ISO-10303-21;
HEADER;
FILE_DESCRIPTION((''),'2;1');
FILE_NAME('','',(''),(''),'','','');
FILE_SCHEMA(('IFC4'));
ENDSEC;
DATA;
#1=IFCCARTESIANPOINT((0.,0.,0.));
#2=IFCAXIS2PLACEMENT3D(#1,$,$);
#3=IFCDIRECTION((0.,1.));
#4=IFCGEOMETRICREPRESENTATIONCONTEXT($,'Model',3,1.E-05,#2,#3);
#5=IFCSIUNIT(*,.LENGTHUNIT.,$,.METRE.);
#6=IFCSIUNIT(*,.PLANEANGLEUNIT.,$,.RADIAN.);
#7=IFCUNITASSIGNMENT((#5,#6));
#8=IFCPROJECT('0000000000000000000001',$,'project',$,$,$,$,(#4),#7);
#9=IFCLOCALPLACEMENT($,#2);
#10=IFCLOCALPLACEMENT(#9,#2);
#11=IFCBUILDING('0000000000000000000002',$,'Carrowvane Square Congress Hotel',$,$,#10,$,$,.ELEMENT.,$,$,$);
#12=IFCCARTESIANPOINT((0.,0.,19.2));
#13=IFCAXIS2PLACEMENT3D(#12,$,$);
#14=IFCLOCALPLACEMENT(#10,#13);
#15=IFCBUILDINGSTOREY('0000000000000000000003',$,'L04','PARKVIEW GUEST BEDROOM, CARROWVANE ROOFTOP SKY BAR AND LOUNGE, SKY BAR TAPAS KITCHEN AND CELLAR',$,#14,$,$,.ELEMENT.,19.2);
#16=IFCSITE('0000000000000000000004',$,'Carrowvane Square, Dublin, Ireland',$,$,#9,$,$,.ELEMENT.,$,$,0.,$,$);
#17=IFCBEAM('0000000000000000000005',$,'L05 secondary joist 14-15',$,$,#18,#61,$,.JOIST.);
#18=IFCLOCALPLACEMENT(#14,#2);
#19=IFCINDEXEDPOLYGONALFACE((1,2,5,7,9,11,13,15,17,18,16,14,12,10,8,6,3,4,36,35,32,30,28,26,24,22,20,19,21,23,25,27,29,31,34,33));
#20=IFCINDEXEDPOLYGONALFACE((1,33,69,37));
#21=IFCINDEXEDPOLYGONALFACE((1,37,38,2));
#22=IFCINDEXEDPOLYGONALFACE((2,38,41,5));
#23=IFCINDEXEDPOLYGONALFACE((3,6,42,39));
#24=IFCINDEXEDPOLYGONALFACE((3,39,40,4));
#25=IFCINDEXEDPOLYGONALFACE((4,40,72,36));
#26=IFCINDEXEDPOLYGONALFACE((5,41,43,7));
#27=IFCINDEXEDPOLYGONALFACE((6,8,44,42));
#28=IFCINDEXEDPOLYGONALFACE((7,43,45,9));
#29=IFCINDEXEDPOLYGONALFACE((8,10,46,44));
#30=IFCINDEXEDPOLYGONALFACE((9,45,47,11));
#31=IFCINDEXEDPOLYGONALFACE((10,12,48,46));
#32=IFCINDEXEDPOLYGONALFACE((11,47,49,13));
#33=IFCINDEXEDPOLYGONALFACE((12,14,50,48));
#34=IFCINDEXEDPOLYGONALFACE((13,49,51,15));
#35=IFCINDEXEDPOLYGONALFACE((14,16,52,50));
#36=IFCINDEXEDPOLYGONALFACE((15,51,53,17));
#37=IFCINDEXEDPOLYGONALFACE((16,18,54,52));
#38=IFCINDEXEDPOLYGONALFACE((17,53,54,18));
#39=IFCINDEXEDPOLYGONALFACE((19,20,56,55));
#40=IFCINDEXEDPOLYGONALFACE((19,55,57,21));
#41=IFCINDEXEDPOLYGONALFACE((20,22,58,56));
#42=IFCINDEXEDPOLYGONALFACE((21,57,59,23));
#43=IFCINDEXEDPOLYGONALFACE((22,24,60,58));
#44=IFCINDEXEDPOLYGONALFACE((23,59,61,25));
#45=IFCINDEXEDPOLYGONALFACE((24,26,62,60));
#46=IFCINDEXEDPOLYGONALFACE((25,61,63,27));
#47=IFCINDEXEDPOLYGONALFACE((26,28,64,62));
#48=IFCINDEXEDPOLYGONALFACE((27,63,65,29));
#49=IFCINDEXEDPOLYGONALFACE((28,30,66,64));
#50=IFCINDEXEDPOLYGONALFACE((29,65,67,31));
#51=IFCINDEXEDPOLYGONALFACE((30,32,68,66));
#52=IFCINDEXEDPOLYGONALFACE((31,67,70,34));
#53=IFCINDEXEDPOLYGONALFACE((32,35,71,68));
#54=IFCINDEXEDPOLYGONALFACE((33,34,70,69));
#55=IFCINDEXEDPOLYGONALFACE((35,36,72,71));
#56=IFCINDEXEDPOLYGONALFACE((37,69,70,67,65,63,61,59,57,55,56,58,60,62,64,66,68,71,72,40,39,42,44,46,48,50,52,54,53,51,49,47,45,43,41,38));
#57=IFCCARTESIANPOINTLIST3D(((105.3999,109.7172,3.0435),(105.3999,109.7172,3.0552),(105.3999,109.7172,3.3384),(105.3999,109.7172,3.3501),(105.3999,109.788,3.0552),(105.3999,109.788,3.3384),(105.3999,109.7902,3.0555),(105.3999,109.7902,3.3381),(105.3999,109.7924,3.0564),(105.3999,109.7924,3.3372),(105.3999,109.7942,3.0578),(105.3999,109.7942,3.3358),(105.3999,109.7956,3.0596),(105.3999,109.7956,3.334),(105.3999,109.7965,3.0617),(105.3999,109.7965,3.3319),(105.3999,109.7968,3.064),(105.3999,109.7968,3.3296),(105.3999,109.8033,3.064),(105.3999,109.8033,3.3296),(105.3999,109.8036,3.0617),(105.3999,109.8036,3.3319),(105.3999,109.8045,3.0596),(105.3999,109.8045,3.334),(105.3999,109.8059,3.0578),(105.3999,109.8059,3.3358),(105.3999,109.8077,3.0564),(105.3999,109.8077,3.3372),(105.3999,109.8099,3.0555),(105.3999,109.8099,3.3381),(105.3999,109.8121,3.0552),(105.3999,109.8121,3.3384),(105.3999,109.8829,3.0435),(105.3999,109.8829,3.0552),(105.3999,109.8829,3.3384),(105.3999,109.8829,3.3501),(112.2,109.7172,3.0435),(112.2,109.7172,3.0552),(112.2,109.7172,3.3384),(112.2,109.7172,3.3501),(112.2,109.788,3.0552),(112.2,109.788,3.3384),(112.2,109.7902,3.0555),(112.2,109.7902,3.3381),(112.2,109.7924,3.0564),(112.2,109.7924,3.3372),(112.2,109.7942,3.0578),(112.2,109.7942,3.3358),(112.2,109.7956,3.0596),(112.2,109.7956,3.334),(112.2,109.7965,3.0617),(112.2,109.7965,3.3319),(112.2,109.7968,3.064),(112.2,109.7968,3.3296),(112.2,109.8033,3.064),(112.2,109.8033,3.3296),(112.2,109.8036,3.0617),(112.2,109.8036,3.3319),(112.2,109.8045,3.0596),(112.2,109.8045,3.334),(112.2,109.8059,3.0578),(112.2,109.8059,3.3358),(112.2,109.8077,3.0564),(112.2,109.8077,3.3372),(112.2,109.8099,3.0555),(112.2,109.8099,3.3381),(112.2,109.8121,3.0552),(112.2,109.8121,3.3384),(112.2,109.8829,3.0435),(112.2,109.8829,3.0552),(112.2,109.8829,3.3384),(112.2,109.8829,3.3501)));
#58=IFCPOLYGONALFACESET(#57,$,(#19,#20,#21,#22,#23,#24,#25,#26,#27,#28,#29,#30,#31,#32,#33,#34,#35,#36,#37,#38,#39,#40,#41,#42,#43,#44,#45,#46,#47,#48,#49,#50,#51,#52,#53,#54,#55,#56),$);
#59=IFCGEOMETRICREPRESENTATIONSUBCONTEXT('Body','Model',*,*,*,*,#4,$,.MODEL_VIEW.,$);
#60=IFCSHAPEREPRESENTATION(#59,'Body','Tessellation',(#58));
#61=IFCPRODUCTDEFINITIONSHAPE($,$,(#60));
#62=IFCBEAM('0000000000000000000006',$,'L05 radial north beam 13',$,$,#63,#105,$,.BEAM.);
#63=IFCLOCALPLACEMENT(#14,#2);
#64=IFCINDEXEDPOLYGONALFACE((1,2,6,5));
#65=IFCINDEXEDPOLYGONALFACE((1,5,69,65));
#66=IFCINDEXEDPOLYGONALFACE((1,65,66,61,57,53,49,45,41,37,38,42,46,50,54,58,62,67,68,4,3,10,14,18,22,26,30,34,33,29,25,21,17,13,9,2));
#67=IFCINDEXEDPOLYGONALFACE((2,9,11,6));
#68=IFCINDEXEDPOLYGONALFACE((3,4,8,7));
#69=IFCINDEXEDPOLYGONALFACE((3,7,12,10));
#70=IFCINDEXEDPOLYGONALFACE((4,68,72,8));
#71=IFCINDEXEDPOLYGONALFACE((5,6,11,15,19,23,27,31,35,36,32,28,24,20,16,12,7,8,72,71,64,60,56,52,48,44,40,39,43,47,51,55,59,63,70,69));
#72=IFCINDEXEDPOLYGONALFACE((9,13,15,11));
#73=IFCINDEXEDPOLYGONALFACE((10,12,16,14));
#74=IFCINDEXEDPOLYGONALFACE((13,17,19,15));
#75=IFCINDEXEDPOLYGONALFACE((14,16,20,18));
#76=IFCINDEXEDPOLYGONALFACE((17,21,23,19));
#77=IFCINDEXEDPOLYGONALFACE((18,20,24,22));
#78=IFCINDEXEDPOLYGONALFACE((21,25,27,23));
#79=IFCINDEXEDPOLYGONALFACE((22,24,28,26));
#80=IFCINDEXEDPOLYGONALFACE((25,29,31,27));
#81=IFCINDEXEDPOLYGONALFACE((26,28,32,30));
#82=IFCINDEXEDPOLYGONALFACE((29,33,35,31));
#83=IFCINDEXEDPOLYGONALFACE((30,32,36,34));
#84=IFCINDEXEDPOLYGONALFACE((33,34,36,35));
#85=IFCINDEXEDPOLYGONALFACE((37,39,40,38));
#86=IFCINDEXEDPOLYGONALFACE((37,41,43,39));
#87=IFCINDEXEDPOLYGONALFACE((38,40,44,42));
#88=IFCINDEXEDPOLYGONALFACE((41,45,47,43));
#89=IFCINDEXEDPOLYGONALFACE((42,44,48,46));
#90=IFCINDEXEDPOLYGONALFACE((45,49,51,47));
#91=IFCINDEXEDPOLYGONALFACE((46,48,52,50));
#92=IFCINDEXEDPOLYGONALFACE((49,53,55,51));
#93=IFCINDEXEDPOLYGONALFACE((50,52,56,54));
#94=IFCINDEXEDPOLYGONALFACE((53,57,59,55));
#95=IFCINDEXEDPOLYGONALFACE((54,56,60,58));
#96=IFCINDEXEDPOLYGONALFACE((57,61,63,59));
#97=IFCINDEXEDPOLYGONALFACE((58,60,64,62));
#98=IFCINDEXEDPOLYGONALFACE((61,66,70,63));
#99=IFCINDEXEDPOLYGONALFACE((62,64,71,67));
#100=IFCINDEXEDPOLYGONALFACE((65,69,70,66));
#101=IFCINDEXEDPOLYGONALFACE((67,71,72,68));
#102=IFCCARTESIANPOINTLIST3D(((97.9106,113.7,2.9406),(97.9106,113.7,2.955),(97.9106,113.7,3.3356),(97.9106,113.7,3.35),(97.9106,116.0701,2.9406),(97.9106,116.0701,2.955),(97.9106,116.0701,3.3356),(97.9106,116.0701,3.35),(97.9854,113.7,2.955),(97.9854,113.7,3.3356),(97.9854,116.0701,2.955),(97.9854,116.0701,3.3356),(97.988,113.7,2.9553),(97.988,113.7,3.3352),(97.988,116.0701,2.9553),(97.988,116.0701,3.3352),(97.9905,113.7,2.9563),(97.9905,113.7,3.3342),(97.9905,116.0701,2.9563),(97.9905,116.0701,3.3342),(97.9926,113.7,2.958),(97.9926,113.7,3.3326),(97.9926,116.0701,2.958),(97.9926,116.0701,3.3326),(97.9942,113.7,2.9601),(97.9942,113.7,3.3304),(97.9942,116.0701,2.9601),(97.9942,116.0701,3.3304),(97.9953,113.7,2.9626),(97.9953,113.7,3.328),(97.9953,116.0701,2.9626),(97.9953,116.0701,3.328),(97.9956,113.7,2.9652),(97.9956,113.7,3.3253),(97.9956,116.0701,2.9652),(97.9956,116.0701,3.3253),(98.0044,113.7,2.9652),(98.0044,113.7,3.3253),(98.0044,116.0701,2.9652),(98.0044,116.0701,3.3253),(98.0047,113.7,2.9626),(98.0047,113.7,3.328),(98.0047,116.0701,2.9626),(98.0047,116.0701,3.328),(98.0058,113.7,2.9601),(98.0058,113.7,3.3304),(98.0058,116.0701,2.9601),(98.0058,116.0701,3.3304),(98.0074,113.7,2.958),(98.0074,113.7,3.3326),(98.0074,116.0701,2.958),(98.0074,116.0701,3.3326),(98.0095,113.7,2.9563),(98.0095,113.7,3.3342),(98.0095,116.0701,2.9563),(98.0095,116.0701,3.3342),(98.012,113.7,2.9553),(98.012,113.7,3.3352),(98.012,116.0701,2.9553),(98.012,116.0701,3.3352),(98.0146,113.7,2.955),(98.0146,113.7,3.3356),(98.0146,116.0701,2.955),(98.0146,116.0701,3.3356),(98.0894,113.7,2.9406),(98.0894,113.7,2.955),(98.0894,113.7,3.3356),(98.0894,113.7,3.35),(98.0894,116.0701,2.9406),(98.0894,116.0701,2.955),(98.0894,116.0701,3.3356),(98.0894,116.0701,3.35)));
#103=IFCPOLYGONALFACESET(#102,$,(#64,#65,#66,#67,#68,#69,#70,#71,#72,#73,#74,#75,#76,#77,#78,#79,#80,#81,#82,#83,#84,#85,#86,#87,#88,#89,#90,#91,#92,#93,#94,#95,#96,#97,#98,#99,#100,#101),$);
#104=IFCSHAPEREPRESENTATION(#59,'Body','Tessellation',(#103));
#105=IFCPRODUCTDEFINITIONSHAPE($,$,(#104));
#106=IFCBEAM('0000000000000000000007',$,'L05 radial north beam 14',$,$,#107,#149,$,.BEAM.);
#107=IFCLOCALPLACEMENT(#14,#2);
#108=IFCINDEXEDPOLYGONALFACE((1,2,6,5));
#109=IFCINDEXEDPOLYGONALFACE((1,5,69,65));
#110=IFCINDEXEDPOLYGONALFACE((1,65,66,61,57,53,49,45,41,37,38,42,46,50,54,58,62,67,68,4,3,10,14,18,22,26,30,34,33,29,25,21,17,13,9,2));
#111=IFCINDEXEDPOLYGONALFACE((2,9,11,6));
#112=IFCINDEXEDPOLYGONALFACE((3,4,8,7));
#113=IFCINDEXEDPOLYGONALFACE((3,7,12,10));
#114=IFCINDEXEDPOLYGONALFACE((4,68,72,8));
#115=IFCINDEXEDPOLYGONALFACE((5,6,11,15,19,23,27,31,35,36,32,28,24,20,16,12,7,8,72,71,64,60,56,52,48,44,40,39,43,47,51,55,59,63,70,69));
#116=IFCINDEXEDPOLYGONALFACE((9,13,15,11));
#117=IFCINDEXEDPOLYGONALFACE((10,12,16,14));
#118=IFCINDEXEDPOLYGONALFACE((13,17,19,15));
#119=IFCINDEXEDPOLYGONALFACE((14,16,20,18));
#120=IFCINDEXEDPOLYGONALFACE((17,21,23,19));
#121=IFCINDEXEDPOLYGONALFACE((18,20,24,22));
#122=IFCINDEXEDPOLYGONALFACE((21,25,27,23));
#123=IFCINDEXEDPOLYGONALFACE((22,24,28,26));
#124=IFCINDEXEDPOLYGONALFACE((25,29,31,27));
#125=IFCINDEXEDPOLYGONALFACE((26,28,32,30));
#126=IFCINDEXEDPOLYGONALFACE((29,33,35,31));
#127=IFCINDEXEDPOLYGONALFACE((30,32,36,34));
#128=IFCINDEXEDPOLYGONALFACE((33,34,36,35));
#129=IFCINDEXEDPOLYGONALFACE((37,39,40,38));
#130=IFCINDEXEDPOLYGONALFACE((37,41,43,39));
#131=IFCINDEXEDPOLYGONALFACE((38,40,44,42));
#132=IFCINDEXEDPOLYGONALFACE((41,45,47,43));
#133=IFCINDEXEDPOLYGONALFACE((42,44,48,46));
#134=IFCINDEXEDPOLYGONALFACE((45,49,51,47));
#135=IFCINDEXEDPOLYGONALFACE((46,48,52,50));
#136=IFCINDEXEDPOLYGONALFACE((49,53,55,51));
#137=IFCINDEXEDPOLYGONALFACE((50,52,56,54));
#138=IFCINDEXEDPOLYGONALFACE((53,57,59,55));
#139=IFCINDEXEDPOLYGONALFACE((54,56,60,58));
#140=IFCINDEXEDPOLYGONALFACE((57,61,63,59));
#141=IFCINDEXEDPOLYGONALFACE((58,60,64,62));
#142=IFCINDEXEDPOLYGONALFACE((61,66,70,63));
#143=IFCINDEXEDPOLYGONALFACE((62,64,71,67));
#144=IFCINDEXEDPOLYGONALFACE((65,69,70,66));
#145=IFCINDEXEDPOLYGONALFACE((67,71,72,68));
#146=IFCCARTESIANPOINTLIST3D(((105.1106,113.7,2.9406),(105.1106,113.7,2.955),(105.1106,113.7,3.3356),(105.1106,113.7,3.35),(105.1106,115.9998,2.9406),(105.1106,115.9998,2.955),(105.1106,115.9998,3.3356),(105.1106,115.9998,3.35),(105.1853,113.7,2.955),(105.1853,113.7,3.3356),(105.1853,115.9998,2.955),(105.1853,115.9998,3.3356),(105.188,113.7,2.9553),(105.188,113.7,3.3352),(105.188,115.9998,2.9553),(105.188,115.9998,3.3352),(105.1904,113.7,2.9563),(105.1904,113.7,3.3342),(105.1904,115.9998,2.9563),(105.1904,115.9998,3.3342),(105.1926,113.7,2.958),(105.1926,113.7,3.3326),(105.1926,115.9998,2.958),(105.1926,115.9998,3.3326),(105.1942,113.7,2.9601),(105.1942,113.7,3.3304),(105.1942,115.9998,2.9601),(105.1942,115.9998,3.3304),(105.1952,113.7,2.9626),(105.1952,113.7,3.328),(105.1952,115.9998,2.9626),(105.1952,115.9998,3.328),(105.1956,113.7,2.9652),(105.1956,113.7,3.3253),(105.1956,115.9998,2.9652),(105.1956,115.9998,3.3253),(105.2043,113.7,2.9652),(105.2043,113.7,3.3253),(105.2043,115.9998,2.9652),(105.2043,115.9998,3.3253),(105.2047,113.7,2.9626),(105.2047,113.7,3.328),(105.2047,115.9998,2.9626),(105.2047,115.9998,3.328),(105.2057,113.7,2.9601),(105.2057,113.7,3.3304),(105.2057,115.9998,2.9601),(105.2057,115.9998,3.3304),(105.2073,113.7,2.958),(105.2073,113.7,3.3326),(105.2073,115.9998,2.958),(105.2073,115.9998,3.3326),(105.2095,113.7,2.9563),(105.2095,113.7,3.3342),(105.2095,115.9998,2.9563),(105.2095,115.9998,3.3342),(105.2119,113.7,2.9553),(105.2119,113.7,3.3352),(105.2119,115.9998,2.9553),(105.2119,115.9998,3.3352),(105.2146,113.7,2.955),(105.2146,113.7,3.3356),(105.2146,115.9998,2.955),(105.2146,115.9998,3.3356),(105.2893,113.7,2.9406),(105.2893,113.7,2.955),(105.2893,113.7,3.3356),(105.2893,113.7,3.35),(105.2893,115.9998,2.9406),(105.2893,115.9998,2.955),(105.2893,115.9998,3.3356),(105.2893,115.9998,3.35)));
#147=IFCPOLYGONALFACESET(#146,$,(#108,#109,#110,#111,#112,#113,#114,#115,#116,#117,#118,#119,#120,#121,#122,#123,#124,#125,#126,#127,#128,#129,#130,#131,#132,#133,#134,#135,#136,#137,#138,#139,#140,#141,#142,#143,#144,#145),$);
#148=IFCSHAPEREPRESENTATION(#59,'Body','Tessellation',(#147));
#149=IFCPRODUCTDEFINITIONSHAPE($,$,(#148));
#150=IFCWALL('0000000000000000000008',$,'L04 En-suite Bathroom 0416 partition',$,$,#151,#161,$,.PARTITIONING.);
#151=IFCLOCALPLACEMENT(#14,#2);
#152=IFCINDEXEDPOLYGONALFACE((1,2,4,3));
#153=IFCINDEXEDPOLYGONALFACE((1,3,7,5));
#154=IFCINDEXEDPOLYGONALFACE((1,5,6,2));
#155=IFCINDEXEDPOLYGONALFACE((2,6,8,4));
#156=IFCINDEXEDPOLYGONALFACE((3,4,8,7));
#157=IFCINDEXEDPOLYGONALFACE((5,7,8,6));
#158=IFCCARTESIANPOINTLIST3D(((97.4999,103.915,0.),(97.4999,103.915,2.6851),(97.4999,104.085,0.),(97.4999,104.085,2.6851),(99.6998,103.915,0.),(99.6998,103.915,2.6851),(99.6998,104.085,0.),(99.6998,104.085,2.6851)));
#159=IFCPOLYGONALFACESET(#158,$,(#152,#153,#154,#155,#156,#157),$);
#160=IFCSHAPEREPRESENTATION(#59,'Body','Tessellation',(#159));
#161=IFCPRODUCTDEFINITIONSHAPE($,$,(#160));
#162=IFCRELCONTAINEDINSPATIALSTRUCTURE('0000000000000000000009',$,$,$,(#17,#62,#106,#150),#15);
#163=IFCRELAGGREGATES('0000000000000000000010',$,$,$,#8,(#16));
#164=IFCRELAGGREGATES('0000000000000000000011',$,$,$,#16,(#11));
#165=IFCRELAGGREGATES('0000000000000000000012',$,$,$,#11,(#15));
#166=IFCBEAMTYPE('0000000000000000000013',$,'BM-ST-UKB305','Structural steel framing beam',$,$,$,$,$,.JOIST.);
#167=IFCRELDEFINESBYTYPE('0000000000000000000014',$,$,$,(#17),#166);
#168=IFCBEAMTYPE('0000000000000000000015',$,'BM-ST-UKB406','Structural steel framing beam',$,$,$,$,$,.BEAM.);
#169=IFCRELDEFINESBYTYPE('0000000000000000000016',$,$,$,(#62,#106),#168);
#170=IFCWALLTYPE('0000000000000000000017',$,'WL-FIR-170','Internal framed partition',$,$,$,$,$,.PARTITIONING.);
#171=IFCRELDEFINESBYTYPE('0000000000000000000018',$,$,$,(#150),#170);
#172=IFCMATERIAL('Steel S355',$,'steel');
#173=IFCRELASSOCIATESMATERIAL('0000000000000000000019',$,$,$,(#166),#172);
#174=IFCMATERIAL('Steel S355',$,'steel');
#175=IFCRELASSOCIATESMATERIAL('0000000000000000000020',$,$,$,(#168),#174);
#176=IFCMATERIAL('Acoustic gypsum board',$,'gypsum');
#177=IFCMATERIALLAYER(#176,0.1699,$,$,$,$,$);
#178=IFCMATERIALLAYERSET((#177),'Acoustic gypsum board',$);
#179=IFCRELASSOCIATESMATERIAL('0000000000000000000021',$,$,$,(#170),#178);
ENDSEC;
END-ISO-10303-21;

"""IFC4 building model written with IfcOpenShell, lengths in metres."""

from ifc_helpers import new_model, si_unit, direction, frame, frame_2d, origin, origin_2d, place, context, subcontext, project, spatial, rectangle, i_section, extrude, material, layer, layer_set, material_profile, profile_set, type_object, element, save


model = new_model("IFC4")

# Units and contexts
model_context = context("Model", 3, precision=1e-05, world=origin(), true_north=direction((0.0, 1.0)))
body_context = subcontext(model_context, "Body", "Model", "MODEL_VIEW")
ifc_project = project(units=[si_unit("LENGTHUNIT", "METRE"), si_unit("PLANEANGLEUNIT", "RADIAN")], contexts=[model_context])

# Site, building, storey
site_placement = place(None, origin())
site = spatial("IfcSite", under=ifc_project, at=site_placement, Name="Carrowvane Square, Dublin, Ireland", CompositionType="ELEMENT", RefElevation=0.0)
building_placement = place(site_placement, origin())
building = spatial("IfcBuilding", under=site, at=building_placement, Name="Carrowvane Square Congress Hotel", CompositionType="ELEMENT")
storey_placement = place(building_placement, frame((0.0, 0.0, 19.2)))
storey = spatial("IfcBuildingStorey", under=building, at=storey_placement, Name="L04", Description="PARKVIEW GUEST BEDROOM, CARROWVANE ROOFTOP SKY BAR AND LOUNGE, SKY BAR TAPAS KITCHEN AND CELLAR", CompositionType="ELEMENT", Elevation=19.2)

# Beams
ifc_material_1 = material(Name="Steel S355", Category="steel")
ifc_material_profile_1 = material_profile(ifc_material_1, i_section(OverallWidth=0.1658, OverallDepth=0.3066, WebThickness=0.0066, FlangeThickness=0.0117, FilletRadius=0.0088, at=origin_2d()), Name="UKB 305x165x46")
ifc_profile_set_1 = profile_set([ifc_material_profile_1], Name="Steel S355")
beam_type_1 = type_object("IfcBeamType", Name="BM-ST-UKB305", Description="Structural steel framing beam", PredefinedType="JOIST", material=ifc_profile_set_1)
for number, where, z_axis, x_axis, name in (
    (1, (105.3999, 109.8, 3.1968), (1.0, 0.0, 0.0), (0.0, 1.0, 0.0), "L05 secondary joist 14-15"),
):
    element("IfcBeam", number, at=place(storey_placement, frame(where, z_axis=z_axis, x_axis=x_axis)), inside=storey, type_object=beam_type_1, Name=name, PredefinedType="JOIST", context=body_context, shape_type="SweptSolid", body=[
        extrude(i_section(OverallWidth=0.1658, OverallDepth=0.3066, WebThickness=0.0066, FlangeThickness=0.0117, FilletRadius=0.0088, at=origin_2d()), origin(), (0.0, 0.0, 1.0), 6.8),
    ])
ifc_material_2 = material(Name="Steel S355", Category="steel")
ifc_material_profile_2 = material_profile(ifc_material_2, i_section(OverallWidth=0.1787, OverallDepth=0.4094, WebThickness=0.0088, FlangeThickness=0.0144, FilletRadius=0.0103, at=origin_2d()), Name="UKB 406x178x67")
ifc_profile_set_2 = profile_set([ifc_material_profile_2], Name="Steel S355")
beam_type_2 = type_object("IfcBeamType", Name="BM-ST-UKB406", Description="Structural steel framing beam", PredefinedType="BEAM", material=ifc_profile_set_2)
beam_1_placement = place(storey_placement, frame((98.0, 113.7, 3.1453), z_axis=(0.0, 1.0, 0.0), x_axis=(-1.0, 0.0, 0.0)))
element("IfcBeam", 2, at=beam_1_placement, inside=storey, type_object=beam_type_2, Name="L05 radial north beam 13", PredefinedType="BEAM", context=body_context, shape_type="SweptSolid", body=[
    extrude(i_section(OverallWidth=0.1787, OverallDepth=0.4094, WebThickness=0.0088, FlangeThickness=0.0144, FilletRadius=0.0103, at=origin_2d()), origin(), (0.0, 0.0, 1.0), 2.3701),
])
beam_2_placement = place(storey_placement, frame((105.2, 113.7, 3.1453), z_axis=(0.0, 1.0, 0.0), x_axis=(-1.0, 0.0, 0.0)))
element("IfcBeam", 3, at=beam_2_placement, inside=storey, type_object=beam_type_2, Name="L05 radial north beam 14", PredefinedType="BEAM", context=body_context, shape_type="SweptSolid", body=[
    extrude(i_section(OverallWidth=0.1787, OverallDepth=0.4094, WebThickness=0.0088, FlangeThickness=0.0144, FilletRadius=0.0103, at=origin_2d()), origin(), (0.0, 0.0, 1.0), 2.2998),
])

# Shared definitions
ifc_material_3 = material(Name="Acoustic gypsum board", Category="gypsum")
ifc_layer_1 = layer(ifc_material_3, 0.1699)
ifc_layer_set_1 = layer_set([ifc_layer_1], Name="Acoustic gypsum board")
wall_type_1 = type_object("IfcWallType", Name="WL-FIR-170", Description="Internal framed partition", PredefinedType="PARTITIONING", material=ifc_layer_set_1)

# Wall
wall_1_placement = place(storey_placement, frame((99.7, 104.0, 0.0), z_axis=(0.0, 0.0, 1.0), x_axis=(-1.0, 0.0, 0.0)))
element("IfcWall", 4, at=wall_1_placement, inside=storey, type_object=wall_type_1, Name="L04 En-suite Bathroom 0416 partition", PredefinedType="PARTITIONING", context=body_context, shape_type="SweptSolid", body=[
    extrude(rectangle(XDim=2.2, YDim=0.1699, at=frame_2d((1.1001, 0.0))), origin(), (0.0, 0.0, 1.0), 2.6851),
])

save(model, "model.ifc")
